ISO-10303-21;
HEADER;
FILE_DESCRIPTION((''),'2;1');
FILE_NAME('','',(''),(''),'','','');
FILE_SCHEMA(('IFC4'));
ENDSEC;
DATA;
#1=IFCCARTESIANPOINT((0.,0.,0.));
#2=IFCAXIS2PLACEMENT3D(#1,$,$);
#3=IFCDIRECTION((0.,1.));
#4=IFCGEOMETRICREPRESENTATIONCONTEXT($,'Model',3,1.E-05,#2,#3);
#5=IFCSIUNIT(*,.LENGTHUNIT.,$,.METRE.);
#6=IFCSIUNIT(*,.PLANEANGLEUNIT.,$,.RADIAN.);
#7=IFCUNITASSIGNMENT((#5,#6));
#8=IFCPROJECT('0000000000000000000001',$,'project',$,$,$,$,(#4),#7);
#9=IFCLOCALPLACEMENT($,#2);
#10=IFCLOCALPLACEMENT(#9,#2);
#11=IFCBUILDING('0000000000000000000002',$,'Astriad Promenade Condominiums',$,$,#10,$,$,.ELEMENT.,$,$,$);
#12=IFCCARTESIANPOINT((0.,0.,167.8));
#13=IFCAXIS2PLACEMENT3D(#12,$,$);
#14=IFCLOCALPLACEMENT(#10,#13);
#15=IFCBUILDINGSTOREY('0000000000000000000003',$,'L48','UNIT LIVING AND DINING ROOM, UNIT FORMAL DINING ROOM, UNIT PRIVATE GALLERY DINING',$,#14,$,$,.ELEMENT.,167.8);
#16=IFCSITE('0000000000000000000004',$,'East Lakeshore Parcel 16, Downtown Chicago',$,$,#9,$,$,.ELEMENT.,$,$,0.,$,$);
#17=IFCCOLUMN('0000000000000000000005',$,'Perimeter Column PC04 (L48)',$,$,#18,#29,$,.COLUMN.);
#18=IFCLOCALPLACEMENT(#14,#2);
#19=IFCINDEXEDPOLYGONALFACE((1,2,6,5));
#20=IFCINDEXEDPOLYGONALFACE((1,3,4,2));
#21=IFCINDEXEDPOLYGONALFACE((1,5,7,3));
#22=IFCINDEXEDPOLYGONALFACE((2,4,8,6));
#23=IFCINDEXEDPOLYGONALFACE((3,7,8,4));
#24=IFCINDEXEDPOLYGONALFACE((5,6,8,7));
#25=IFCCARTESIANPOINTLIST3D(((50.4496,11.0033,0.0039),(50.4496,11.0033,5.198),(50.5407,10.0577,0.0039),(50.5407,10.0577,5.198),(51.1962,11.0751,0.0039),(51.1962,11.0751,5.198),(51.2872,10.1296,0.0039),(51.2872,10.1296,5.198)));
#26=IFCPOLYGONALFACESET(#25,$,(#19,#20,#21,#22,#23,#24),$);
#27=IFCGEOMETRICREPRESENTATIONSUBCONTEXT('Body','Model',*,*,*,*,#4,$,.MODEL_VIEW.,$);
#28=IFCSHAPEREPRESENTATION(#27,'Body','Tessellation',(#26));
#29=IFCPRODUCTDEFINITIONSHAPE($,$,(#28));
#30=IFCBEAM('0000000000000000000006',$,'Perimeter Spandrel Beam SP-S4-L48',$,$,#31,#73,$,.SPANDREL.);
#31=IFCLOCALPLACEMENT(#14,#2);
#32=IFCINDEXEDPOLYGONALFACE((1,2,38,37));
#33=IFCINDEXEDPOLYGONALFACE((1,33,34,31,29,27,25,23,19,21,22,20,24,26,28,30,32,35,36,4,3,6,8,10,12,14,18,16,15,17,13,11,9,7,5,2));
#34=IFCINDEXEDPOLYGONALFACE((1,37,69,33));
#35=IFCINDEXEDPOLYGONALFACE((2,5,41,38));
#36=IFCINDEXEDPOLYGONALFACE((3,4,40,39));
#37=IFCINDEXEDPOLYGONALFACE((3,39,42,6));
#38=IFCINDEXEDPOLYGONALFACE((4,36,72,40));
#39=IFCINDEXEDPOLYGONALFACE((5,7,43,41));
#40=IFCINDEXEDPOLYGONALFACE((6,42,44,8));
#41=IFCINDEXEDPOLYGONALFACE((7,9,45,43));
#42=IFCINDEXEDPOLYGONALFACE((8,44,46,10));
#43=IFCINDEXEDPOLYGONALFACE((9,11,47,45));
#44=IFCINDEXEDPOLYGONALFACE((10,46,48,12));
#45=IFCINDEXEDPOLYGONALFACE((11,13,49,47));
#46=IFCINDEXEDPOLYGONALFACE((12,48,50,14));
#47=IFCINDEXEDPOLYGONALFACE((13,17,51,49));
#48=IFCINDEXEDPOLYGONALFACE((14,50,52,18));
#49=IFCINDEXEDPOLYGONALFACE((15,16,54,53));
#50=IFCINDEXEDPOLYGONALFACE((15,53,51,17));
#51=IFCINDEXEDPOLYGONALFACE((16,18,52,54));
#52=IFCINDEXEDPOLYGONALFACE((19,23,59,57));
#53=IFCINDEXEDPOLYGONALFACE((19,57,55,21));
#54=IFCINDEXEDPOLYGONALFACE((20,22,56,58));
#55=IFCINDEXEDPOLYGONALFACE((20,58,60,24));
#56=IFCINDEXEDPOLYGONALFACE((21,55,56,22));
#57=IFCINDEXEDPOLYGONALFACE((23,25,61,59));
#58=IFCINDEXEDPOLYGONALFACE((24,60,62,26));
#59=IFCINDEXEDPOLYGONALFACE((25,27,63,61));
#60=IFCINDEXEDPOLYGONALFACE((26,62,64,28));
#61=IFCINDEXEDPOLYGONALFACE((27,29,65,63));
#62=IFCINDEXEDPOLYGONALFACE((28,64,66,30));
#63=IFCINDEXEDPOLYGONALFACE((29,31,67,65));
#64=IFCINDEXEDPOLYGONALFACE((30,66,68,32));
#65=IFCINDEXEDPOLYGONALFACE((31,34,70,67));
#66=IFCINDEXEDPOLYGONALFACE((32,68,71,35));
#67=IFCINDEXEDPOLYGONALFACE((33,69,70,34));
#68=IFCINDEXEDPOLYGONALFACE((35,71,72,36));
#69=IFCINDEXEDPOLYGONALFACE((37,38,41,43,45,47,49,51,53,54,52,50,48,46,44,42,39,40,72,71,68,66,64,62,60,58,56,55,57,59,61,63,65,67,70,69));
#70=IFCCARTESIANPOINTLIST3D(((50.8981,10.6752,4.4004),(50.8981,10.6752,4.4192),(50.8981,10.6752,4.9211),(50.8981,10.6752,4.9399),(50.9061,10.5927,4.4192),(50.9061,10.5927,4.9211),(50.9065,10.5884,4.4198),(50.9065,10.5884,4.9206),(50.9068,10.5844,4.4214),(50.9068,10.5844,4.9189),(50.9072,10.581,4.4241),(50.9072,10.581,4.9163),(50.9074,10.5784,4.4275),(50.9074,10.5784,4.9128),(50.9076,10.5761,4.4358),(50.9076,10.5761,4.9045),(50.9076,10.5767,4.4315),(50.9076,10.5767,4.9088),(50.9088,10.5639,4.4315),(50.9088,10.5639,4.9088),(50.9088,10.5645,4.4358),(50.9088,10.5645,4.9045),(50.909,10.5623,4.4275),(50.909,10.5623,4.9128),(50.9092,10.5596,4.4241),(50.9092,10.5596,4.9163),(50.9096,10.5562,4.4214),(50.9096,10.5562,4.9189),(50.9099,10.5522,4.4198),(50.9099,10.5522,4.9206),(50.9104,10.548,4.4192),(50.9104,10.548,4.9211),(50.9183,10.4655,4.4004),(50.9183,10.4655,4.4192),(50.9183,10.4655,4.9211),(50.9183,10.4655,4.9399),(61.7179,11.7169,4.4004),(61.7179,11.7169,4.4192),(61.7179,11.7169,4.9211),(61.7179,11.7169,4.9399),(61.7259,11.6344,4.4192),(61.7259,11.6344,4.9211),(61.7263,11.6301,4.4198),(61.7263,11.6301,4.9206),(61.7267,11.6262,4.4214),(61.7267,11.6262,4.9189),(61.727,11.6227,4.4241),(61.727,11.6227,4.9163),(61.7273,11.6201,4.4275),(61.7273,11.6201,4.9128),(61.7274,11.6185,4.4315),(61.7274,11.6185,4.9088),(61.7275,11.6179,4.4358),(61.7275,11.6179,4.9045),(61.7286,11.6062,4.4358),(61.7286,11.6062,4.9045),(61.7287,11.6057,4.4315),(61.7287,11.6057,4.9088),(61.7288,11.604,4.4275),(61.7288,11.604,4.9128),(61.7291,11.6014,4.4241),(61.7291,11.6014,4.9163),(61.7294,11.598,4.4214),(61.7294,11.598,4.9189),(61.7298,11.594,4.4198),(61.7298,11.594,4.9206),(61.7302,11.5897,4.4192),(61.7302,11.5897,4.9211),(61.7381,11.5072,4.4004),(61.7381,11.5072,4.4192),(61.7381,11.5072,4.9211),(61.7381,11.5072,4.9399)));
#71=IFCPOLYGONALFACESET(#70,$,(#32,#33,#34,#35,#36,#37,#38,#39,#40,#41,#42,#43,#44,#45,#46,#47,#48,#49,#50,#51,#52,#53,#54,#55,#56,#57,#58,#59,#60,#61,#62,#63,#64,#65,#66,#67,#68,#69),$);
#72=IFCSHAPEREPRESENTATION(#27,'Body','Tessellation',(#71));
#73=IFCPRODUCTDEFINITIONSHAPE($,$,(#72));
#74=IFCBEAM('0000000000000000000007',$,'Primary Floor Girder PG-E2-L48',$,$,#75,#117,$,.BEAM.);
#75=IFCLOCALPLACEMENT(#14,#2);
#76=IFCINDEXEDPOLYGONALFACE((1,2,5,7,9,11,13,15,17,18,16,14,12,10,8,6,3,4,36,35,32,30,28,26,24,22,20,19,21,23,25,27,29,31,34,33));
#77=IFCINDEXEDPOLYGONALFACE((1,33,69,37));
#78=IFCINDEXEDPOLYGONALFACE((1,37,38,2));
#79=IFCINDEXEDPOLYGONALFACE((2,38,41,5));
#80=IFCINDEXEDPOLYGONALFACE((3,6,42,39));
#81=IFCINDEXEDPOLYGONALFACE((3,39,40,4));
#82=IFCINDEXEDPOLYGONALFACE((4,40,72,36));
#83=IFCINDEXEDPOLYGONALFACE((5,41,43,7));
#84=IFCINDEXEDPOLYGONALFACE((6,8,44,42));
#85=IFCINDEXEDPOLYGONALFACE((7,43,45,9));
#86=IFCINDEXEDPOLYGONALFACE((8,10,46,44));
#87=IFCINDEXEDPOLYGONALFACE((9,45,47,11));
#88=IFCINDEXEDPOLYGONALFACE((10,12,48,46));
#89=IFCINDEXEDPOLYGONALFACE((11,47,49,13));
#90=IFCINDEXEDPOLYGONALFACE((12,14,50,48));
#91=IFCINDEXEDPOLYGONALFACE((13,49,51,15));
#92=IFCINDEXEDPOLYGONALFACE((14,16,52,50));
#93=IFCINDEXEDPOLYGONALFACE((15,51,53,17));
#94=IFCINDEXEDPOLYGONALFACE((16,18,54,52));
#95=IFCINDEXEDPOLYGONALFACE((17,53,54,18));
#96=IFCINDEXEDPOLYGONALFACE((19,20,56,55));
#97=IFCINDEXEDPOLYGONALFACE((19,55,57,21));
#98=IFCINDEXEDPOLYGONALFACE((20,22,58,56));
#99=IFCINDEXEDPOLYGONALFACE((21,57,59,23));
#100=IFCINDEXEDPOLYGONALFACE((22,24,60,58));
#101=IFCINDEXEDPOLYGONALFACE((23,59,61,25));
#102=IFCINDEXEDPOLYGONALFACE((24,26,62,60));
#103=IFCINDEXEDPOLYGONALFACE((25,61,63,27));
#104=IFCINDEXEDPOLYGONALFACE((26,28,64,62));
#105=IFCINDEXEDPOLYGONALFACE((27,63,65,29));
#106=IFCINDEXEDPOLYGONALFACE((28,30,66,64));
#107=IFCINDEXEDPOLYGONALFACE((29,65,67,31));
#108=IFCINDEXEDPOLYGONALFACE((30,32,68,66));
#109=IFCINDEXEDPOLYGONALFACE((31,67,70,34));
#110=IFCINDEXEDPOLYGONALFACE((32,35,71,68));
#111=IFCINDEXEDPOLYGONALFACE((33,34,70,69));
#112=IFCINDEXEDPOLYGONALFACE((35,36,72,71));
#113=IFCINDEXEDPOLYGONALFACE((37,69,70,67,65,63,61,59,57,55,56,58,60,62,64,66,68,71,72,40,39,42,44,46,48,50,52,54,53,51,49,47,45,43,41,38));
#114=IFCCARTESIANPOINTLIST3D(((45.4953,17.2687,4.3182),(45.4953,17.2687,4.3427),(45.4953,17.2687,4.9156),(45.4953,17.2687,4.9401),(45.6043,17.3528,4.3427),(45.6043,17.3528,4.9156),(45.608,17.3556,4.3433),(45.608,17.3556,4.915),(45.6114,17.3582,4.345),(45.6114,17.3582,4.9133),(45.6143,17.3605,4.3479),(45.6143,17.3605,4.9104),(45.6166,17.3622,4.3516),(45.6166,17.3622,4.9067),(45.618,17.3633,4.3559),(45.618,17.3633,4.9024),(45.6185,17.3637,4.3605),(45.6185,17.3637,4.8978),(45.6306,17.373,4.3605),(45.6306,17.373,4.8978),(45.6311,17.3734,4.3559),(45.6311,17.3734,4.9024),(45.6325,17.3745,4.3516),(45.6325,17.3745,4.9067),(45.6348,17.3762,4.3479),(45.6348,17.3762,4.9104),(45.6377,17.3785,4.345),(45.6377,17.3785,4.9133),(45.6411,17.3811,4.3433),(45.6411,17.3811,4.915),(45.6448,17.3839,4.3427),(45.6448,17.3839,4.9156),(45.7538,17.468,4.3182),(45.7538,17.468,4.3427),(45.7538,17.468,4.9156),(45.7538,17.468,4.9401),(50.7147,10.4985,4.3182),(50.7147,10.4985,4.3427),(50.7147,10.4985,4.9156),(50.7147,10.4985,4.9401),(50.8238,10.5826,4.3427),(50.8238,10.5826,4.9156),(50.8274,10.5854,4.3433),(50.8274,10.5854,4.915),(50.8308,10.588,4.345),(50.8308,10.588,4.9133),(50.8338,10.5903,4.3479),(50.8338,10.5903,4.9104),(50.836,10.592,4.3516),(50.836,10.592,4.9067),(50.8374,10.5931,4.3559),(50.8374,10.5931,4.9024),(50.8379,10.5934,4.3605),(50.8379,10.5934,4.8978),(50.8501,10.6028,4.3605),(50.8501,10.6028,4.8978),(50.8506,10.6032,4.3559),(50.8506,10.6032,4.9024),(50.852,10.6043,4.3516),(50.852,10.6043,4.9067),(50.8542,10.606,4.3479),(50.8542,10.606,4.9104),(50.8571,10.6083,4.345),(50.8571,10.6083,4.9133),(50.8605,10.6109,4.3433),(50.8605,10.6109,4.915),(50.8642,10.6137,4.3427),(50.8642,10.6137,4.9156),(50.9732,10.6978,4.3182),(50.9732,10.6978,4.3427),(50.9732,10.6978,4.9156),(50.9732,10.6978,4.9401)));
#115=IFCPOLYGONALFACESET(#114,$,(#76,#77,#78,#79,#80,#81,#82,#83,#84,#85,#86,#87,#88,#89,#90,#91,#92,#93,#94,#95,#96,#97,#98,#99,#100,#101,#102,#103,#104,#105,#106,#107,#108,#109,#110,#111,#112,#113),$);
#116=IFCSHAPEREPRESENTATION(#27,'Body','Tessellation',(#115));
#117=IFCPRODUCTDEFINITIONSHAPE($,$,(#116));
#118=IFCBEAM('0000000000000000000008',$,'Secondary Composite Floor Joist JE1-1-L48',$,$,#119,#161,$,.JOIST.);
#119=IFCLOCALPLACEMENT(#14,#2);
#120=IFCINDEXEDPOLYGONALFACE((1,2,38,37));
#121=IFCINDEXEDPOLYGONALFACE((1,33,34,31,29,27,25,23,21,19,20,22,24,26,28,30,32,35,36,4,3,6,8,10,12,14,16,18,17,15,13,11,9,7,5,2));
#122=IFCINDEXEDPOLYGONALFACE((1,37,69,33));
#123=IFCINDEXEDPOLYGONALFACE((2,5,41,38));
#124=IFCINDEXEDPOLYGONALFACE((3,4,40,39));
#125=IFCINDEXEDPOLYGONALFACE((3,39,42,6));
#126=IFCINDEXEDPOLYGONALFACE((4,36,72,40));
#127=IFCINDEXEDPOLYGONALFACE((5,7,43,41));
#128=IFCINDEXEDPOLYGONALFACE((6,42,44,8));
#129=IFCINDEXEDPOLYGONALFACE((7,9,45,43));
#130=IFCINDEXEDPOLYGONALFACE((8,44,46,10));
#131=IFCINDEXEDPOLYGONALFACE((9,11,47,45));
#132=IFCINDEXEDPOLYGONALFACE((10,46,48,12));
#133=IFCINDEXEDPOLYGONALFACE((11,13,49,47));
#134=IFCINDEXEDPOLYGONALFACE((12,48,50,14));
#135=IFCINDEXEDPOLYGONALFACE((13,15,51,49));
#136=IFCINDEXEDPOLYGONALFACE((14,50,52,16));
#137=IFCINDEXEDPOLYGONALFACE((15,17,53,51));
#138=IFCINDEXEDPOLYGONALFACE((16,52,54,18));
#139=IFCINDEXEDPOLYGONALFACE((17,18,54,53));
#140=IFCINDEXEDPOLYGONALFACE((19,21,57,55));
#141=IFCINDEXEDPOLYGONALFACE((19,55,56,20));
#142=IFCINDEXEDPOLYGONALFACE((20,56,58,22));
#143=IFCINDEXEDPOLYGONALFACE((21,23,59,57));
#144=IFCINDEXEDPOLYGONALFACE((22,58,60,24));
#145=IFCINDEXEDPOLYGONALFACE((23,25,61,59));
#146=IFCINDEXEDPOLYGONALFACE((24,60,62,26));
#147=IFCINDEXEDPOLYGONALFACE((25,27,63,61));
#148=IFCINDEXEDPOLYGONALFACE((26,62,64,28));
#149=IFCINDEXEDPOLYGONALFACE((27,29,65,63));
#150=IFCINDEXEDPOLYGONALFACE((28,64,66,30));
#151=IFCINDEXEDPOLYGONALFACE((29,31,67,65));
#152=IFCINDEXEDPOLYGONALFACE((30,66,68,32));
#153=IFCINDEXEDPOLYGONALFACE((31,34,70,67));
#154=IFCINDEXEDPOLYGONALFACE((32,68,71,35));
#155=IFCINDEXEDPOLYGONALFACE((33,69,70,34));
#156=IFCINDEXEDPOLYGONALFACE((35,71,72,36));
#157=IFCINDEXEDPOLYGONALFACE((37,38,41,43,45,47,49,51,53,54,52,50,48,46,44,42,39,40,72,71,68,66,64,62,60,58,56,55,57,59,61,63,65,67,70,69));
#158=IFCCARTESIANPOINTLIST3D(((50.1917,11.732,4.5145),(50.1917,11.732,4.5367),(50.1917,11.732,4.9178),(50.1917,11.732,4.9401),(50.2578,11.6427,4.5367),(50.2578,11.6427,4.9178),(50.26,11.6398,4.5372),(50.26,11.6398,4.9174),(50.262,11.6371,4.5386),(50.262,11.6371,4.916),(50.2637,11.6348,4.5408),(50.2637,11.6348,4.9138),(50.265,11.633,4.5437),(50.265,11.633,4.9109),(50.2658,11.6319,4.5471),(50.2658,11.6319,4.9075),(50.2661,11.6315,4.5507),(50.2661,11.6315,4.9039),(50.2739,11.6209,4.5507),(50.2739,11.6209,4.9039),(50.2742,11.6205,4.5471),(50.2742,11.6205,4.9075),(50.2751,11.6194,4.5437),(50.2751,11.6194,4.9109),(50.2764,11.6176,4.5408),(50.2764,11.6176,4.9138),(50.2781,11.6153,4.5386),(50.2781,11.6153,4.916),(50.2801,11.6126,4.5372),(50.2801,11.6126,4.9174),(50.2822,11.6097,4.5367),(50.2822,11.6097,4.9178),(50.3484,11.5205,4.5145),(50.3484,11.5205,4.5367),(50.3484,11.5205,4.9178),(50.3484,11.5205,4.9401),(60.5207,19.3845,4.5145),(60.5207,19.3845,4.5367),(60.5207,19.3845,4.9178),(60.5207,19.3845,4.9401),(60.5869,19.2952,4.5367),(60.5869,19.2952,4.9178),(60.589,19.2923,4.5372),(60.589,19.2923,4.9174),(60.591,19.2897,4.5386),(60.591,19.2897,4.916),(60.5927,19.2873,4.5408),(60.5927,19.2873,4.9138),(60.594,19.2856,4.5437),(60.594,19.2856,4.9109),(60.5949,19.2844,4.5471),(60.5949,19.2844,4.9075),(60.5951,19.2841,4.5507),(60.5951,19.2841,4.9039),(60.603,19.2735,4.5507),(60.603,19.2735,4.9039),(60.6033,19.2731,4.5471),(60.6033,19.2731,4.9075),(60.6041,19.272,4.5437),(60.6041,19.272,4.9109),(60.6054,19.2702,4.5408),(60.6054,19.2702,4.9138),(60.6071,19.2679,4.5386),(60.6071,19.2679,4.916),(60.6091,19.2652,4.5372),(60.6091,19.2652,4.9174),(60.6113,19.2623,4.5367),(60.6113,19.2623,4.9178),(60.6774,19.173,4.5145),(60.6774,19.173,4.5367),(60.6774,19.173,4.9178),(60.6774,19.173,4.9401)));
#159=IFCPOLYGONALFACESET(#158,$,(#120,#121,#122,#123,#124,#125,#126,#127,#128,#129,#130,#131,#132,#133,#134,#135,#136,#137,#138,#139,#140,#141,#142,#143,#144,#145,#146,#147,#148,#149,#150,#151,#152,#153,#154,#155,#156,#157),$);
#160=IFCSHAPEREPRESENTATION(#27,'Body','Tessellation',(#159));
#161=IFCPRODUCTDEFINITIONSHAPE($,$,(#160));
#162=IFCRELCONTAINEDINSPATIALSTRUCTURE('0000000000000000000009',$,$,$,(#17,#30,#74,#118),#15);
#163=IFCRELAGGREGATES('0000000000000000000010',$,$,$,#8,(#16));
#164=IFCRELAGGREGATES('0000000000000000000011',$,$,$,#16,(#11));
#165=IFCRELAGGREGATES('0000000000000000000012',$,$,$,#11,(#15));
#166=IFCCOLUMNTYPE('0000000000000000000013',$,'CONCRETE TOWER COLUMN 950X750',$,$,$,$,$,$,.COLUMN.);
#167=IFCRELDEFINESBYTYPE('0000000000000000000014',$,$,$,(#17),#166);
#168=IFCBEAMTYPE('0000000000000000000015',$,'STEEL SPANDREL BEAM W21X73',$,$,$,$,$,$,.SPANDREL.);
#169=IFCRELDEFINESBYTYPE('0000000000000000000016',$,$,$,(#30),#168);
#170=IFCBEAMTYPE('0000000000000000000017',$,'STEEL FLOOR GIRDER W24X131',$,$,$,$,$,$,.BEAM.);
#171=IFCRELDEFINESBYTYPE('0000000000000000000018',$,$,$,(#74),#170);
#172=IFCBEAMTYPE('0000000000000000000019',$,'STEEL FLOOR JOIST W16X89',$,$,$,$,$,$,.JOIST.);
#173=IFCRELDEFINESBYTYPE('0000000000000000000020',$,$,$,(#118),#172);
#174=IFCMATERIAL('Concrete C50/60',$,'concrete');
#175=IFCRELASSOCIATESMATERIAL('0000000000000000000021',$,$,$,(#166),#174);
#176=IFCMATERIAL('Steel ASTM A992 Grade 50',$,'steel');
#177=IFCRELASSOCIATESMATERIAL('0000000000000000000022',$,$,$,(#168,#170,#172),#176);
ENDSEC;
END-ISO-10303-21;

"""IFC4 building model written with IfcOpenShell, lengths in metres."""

from ifc_helpers import new_model, si_unit, direction, frame, origin, origin_2d, place, context, subcontext, project, spatial, rectangle, i_section, extrude, source, transform, mapped, material, material_profile, profile_set, type_object, type_shapes, element, save


model = new_model("IFC4")

# Units and contexts
model_context = context("Model", 3, precision=1e-05, world=origin(), true_north=direction((0.0, 1.0)))
body_context = subcontext(model_context, "Body", "Model", "MODEL_VIEW")
ifc_project = project(units=[si_unit("LENGTHUNIT", "METRE"), si_unit("PLANEANGLEUNIT", "RADIAN")], contexts=[model_context])

# Site, building, storey
site_placement = place(None, origin())
site = spatial("IfcSite", under=ifc_project, at=site_placement, Name="East Lakeshore Parcel 16, Downtown Chicago", CompositionType="ELEMENT", RefElevation=0.0)
building_placement = place(site_placement, origin())
building = spatial("IfcBuilding", under=site, at=building_placement, Name="Astriad Promenade Condominiums", CompositionType="ELEMENT")
storey_placement = place(building_placement, frame((0.0, 0.0, 167.8)))
storey = spatial("IfcBuildingStorey", under=building, at=storey_placement, Name="L48", Description="UNIT LIVING AND DINING ROOM, UNIT FORMAL DINING ROOM, UNIT PRIVATE GALLERY DINING", CompositionType="ELEMENT", Elevation=167.8)

# Column
ifc_material_1 = material(Name="Concrete C50/60", Category="concrete")
ifc_material_profile_1 = material_profile(ifc_material_1, rectangle(XDim=0.75, YDim=0.95, at=origin_2d()), Name="RC-COL-950X750")
ifc_profile_set_1 = profile_set([ifc_material_profile_1], Name="Concrete C50/60")
column_type = type_object("IfcColumnType", Name="CONCRETE TOWER COLUMN 950X750", PredefinedType="COLUMN", material=ifc_profile_set_1)
shared_shape_1 = source(origin(), body_context, "Body", "SweptSolid", [
    extrude(rectangle(XDim=0.75, YDim=0.95, at=origin_2d()), origin(), (0.0, 0.0, 1.0), 5.1941),
])
type_shapes(column_type, [shared_shape_1])
column_placement = place(storey_placement, frame((50.8684, 10.5664, 0.0039), z_axis=(0.0, 0.0, 1.0), x_axis=(0.995396, 0.095846, 0.0)))
element("IfcColumn", 1, at=column_placement, inside=storey, type_object=column_type, Name="Perimeter Column PC04 (L48)", PredefinedType="COLUMN", context=body_context, shape_type="MappedRepresentation", body=[
    mapped(shared_shape_1, transform((0.0, 0.0, 0.0), scale=1.0)),
])

# Beams
ifc_material_2 = material(Name="Steel ASTM A992 Grade 50", Category="steel")
ifc_material_profile_2 = material_profile(ifc_material_2, i_section(OverallWidth=0.2107, OverallDepth=0.5396, WebThickness=0.0117, FlangeThickness=0.0188, FilletRadius=0.0166, at=origin_2d()), Name="W21X73")
ifc_profile_set_2 = profile_set([ifc_material_profile_2], Name="Steel ASTM A992 Grade 50")
beam_type_1 = type_object("IfcBeamType", Name="STEEL SPANDREL BEAM W21X73", PredefinedType="SPANDREL", material=ifc_profile_set_2)
shared_shape_2 = source(origin(), body_context, "Body", "SweptSolid", [
    extrude(i_section(OverallWidth=0.2107, OverallDepth=0.5396, WebThickness=0.0117, FlangeThickness=0.0188, FilletRadius=0.0166, at=origin_2d()), origin(), (0.0, 0.0, 1.0), 10.8699),
])
type_shapes(beam_type_1, [shared_shape_2])
beam_1_placement = place(storey_placement, frame((50.9082, 10.5703, 4.6702), z_axis=(0.995397, 0.095838, 0.0), x_axis=(-0.095838, 0.995397, 0.0)))
element("IfcBeam", 2, at=beam_1_placement, inside=storey, type_object=beam_type_1, Name="Perimeter Spandrel Beam SP-S4-L48", PredefinedType="SPANDREL", context=body_context, shape_type="MappedRepresentation", body=[
    mapped(shared_shape_2, transform((0.0, 0.0, 0.0), scale=1.0)),
])
ifc_material_profile_3 = material_profile(ifc_material_2, i_section(OverallWidth=0.3264, OverallDepth=0.6218, WebThickness=0.0154, FlangeThickness=0.0244, FilletRadius=0.0178, at=origin_2d()), Name="W24X131")
ifc_profile_set_3 = profile_set([ifc_material_profile_3], Name="Steel ASTM A992 Grade 50")
beam_type_2 = type_object("IfcBeamType", Name="STEEL FLOOR GIRDER W24X131", PredefinedType="BEAM", material=ifc_profile_set_3)
shared_shape_3 = source(origin(), body_context, "Body", "SweptSolid", [
    extrude(i_section(OverallWidth=0.3264, OverallDepth=0.6218, WebThickness=0.0154, FlangeThickness=0.0244, FilletRadius=0.0178, at=origin_2d()), origin(), (0.0, 0.0, 1.0), 8.5486),
])
type_shapes(beam_type_2, [shared_shape_3])
beam_2_placement = place(storey_placement, frame((50.844, 10.5981, 4.6292), z_axis=(-0.610562, 0.791968, 0.0), x_axis=(-0.791968, -0.610562, 0.0)))
element("IfcBeam", 3, at=beam_2_placement, inside=storey, type_object=beam_type_2, Name="Primary Floor Girder PG-E2-L48", PredefinedType="BEAM", context=body_context, shape_type="MappedRepresentation", body=[
    mapped(shared_shape_3, transform((0.0, 0.0, 0.0), scale=1.0)),
])
ifc_material_profile_4 = material_profile(ifc_material_2, i_section(OverallWidth=0.2632, OverallDepth=0.4255, WebThickness=0.0132, FlangeThickness=0.0222, FilletRadius=0.0139, at=origin_2d()), Name="W16X89")
ifc_profile_set_4 = profile_set([ifc_material_profile_4], Name="Steel ASTM A992 Grade 50")
beam_type_3 = type_object("IfcBeamType", Name="STEEL FLOOR JOIST W16X89", PredefinedType="JOIST", material=ifc_profile_set_4)
shared_shape_4 = source(origin(), body_context, "Body", "SweptSolid", [
    extrude(i_section(OverallWidth=0.2632, OverallDepth=0.4255, WebThickness=0.0132, FlangeThickness=0.0222, FilletRadius=0.0139, at=origin_2d()), origin(), (0.0, 0.0, 1.0), 12.855),
])
beam_3_placement = place(storey_placement, frame((50.27, 11.6262, 4.7273), z_axis=(0.803505, 0.595298, 0.0), x_axis=(-0.595298, 0.803505, 0.0)))
element("IfcBeam", 4, at=beam_3_placement, inside=storey, type_object=beam_type_3, Name="Secondary Composite Floor Joist JE1-1-L48", PredefinedType="JOIST", context=body_context, shape_type="MappedRepresentation", body=[
    mapped(shared_shape_4, transform((0.0, 0.0, 0.0), scale=1.0)),
])

save(model, "model.ifc")
